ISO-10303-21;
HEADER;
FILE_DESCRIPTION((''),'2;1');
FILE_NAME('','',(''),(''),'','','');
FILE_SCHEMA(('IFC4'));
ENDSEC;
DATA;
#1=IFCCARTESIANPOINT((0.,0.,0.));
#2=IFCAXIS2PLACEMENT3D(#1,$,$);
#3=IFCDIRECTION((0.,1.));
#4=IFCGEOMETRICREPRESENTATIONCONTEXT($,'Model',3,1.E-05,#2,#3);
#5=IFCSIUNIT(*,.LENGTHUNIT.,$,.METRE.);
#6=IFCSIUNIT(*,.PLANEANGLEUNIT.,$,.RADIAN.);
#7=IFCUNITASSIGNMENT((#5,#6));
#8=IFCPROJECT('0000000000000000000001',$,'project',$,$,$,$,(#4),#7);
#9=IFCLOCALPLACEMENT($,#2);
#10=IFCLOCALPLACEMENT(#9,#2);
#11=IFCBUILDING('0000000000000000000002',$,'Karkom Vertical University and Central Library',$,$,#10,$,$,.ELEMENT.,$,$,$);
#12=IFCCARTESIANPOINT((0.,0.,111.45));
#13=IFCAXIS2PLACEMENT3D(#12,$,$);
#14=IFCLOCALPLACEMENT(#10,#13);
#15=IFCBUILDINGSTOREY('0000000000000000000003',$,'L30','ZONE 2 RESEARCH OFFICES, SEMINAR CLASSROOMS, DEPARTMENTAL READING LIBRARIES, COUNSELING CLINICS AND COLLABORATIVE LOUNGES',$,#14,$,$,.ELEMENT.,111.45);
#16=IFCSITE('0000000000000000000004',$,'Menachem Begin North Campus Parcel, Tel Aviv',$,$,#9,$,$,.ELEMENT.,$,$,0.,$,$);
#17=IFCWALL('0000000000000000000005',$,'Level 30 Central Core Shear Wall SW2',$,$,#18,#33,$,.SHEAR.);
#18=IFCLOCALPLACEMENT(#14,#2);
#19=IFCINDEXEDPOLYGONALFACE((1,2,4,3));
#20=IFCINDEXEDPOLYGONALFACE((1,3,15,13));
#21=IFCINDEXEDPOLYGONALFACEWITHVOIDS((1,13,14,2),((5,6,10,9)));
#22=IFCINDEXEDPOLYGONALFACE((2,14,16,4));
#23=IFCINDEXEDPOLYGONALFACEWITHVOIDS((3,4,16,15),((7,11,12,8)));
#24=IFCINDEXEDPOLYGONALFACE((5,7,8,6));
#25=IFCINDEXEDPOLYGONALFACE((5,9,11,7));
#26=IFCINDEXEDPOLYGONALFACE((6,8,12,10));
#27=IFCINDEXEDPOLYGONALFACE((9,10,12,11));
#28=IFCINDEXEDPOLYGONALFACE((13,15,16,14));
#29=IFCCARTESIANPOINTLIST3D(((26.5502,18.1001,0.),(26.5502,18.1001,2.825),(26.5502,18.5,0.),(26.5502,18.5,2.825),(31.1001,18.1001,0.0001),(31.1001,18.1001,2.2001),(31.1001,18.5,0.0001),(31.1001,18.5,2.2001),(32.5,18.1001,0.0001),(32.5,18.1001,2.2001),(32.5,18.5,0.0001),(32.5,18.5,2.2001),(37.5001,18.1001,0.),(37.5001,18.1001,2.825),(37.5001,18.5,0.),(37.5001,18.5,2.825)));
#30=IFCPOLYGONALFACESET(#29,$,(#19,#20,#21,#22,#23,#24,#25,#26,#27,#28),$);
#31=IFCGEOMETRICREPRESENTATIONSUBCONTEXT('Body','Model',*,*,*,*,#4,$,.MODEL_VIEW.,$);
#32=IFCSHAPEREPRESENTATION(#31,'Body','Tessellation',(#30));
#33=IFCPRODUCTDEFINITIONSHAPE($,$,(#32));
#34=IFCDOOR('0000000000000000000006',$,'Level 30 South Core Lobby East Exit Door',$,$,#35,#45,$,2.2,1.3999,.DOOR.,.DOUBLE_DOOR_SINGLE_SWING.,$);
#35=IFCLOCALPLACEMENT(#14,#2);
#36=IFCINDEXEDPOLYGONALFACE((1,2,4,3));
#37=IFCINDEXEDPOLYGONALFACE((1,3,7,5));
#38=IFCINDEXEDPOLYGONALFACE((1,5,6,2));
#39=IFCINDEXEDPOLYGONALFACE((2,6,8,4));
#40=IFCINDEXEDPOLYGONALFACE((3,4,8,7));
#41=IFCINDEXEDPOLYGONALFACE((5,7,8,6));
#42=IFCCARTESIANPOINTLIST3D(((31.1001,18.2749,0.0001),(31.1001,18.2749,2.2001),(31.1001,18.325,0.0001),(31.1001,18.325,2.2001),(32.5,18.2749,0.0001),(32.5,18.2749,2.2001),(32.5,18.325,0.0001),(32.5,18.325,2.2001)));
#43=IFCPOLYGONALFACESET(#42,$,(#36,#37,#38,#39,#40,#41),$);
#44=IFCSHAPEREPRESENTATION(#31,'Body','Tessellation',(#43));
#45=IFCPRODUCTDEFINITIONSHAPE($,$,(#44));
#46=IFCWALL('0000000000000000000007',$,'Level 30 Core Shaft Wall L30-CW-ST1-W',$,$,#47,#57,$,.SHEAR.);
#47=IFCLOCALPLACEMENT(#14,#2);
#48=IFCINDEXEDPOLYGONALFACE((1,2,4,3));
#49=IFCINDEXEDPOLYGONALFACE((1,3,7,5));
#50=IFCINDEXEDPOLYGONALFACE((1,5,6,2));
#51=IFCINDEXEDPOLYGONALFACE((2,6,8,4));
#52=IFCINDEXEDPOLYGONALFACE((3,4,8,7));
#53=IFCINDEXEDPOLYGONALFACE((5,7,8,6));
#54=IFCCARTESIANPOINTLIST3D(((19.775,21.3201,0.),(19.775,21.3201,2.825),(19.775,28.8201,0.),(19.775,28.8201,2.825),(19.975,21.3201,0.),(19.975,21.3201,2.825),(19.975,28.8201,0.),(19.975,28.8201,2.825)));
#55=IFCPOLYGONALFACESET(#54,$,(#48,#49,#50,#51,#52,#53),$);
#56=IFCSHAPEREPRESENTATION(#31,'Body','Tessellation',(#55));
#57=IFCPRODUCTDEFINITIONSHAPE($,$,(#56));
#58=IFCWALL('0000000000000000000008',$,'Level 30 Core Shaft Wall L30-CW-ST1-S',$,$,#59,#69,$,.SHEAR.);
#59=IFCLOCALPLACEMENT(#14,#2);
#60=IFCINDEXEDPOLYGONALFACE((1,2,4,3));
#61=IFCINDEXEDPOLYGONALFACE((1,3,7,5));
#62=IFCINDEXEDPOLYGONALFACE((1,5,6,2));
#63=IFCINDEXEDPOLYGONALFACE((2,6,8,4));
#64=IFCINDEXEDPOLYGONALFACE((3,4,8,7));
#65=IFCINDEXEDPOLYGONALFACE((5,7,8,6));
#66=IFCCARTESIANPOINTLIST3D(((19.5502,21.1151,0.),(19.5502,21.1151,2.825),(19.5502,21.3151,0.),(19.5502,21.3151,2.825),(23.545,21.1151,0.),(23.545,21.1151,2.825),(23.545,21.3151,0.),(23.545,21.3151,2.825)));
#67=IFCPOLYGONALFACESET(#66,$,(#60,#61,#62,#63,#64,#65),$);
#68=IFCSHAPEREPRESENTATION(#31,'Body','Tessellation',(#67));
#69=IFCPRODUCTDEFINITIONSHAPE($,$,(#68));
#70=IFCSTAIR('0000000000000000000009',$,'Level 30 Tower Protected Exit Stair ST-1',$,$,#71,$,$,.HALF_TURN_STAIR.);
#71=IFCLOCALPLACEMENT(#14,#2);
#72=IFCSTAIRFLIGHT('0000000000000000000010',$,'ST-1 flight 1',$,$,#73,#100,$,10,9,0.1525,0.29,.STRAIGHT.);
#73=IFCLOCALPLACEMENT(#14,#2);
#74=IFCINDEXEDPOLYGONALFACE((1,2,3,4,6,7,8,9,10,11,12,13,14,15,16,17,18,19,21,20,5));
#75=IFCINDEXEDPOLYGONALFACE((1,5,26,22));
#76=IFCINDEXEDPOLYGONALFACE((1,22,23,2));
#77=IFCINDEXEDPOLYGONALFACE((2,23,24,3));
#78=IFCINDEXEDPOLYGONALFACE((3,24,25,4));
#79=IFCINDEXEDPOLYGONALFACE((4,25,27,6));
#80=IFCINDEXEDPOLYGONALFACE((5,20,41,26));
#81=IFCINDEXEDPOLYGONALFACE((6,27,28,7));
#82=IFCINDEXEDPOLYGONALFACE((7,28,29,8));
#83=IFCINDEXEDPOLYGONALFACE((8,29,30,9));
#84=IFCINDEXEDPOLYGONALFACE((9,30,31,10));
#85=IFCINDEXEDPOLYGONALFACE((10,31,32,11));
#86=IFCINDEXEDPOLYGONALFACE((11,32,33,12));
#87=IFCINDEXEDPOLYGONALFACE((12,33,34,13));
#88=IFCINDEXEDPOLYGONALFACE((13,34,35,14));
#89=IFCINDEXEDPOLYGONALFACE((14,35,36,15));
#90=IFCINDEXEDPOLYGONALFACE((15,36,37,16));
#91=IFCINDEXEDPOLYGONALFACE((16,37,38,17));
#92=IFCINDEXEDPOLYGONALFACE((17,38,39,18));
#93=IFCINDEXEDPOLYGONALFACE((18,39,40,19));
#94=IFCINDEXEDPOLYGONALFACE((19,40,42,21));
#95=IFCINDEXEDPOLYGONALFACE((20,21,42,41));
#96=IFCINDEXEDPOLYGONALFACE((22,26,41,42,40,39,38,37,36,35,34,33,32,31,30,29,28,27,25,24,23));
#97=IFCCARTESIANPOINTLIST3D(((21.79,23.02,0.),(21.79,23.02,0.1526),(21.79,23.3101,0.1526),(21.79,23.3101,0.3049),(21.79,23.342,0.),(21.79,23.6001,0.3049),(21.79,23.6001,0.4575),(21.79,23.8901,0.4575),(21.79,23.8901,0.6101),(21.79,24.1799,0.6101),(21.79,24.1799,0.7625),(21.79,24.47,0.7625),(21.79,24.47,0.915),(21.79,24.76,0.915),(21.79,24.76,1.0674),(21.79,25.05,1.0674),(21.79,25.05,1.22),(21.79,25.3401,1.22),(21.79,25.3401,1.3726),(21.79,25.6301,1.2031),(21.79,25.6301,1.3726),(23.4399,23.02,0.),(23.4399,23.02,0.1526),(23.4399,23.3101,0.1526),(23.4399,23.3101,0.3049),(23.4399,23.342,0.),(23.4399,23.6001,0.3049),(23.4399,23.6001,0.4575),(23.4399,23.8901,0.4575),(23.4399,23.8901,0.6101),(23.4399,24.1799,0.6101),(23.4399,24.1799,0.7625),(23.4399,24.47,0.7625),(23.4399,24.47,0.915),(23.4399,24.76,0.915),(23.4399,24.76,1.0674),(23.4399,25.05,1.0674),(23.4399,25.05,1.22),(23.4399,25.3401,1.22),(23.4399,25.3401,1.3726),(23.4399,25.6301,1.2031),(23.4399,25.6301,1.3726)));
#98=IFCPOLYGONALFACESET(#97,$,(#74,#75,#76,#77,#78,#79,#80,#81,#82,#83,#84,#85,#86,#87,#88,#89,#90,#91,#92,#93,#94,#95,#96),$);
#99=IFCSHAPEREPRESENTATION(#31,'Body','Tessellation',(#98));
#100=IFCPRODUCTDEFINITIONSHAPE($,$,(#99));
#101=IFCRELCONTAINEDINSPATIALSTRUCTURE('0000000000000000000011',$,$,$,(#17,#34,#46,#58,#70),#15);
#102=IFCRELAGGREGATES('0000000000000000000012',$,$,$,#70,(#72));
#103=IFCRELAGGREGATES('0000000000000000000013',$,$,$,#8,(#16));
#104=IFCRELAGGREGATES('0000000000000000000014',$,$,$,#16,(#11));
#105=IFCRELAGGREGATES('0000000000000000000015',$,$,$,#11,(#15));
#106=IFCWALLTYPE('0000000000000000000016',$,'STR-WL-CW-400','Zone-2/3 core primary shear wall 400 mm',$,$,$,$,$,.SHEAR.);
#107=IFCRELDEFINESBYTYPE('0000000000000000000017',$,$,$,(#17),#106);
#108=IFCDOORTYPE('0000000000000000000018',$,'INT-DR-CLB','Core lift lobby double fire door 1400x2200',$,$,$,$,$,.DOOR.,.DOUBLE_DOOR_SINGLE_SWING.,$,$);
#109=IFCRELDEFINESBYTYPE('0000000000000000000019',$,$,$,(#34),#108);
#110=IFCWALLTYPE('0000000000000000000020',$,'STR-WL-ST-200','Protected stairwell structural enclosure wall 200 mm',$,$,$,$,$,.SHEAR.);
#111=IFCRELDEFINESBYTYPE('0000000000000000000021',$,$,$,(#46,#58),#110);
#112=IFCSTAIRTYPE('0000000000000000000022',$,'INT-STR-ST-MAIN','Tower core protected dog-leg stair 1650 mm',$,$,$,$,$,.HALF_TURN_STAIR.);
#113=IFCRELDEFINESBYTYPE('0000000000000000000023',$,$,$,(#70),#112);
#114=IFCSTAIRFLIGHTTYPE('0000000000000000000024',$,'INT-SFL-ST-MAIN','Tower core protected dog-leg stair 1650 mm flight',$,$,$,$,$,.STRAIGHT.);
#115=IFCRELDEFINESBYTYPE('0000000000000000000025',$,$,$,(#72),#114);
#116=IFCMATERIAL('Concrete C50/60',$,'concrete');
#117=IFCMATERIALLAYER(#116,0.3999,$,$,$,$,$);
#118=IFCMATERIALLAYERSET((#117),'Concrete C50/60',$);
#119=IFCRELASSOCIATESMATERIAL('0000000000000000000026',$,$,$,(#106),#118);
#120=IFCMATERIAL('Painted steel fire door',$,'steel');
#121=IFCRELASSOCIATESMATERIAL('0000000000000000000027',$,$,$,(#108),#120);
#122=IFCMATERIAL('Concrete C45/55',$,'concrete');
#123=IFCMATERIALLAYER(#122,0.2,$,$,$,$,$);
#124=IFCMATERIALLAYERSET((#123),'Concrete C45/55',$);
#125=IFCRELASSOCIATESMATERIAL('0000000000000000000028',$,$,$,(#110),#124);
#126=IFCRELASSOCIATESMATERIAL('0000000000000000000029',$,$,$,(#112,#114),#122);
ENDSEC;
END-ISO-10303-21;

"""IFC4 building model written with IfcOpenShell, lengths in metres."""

from ifc_helpers import new_model, si_unit, direction, frame, frame_2d, origin, origin_with_axes, place, context, subcontext, project, spatial, polyline, rectangle, outline, extrude, source, transform, mapped, material, layer, layer_set, type_object, element, fill, aggregate, save


model = new_model("IFC4")

# Units and contexts
model_context = context("Model", 3, precision=1e-05, world=origin(), true_north=direction((0.0, 1.0)))
body_context = subcontext(model_context, "Body", "Model", "MODEL_VIEW")
ifc_project = project(units=[si_unit("LENGTHUNIT", "METRE"), si_unit("PLANEANGLEUNIT", "RADIAN")], contexts=[model_context])

# Site, building, storey
site_placement = place(None, origin())
site = spatial("IfcSite", under=ifc_project, at=site_placement, Name="Menachem Begin North Campus Parcel, Tel Aviv", CompositionType="ELEMENT", RefElevation=0.0)
building_placement = place(site_placement, origin())
building = spatial("IfcBuilding", under=site, at=building_placement, Name="Karkom Vertical University and Central Library", CompositionType="ELEMENT")
storey_placement = place(building_placement, frame((0.0, 0.0, 111.45)))
storey = spatial("IfcBuildingStorey", under=building, at=storey_placement, Name="L30", Description="ZONE 2 RESEARCH OFFICES, SEMINAR CLASSROOMS, DEPARTMENTAL READING LIBRARIES, COUNSELING CLINICS AND COLLABORATIVE LOUNGES", CompositionType="ELEMENT", Elevation=111.45)

# Shared definitions
ifc_material_1 = material(Name="Concrete C50/60", Category="concrete")

# Wall, opening, door
ifc_layer_1 = layer(ifc_material_1, 0.3999)
ifc_layer_set_1 = layer_set([ifc_layer_1], Name="Concrete C50/60")
wall_type_1 = type_object("IfcWallType", Name="STR-WL-CW-400", Description="Zone-2/3 core primary shear wall 400 mm", PredefinedType="SHEAR", material=ifc_layer_set_1)
ifc_material_2 = material(Name="Painted steel fire door", Category="steel")
door_type_1 = type_object("IfcDoorType", Name="INT-DR-CLB", Description="Core lift lobby double fire door 1400x2200", OperationType="DOUBLE_DOOR_SINGLE_SWING", PredefinedType="DOOR", material=ifc_material_2)
shared_shape_1 = source(origin_with_axes(), body_context, "Body", "SweptSolid", [
    extrude(rectangle(XDim=1.3999, YDim=2.2, at=frame_2d((0.7, 1.1001))), frame((0.0, 0.0249, 0.0), z_axis=(0.0, -1.0, 0.0), x_axis=(1.0, 0.0, 0.0)), (0.0, 0.0, 1.0), 0.05),
])
wall_1_placement = place(storey_placement, frame((26.55, 18.3, 0.0), z_axis=(0.0, 0.0, 1.0), x_axis=(1.0, 0.0, 0.0)))
wall_1 = element("IfcWall", 1, at=wall_1_placement, inside=storey, type_object=wall_type_1, Name="Level 30 Central Core Shear Wall SW2", PredefinedType="SHEAR", context=body_context, shape_type="SweptSolid", body=[
    extrude(rectangle(XDim=10.95, YDim=0.3999, at=frame_2d((5.4751, 0.0))), origin(), (0.0, 0.0, 1.0), 2.825),
])
opening_1_placement = place(wall_1_placement, frame((4.55, 0.0, 0.0)))
opening_1 = element("IfcOpeningElement", 2, at=opening_1_placement, cuts=wall_1, PredefinedType="OPENING", context=body_context, shape_type="SweptSolid", body=[
    extrude(rectangle(XDim=1.3999, YDim=2.2, at=frame_2d((0.7, 1.1001))), frame((0.0, 0.21, 0.0), z_axis=(0.0, -1.0, 0.0), x_axis=(1.0, 0.0, 0.0)), (0.0, 0.0, 1.0), 0.4199),
])
door_1_placement = place(opening_1_placement, origin())
door_1 = element("IfcDoor", 3, at=door_1_placement, inside=storey, type_object=door_type_1, Name="Level 30 South Core Lobby East Exit Door", OperationType="DOUBLE_DOOR_SINGLE_SWING", OverallHeight=2.2, OverallWidth=1.3999, PredefinedType="DOOR", context=body_context, shape_type="MappedRepresentation", body=[
    mapped(shared_shape_1, transform((0.0, 0.0, 0.0), scale=1.0)),
])
fill(opening_1, door_1)

# Shared definitions
ifc_material_3 = material(Name="Concrete C45/55", Category="concrete")
ifc_layer_2 = layer(ifc_material_3, 0.2)
ifc_layer_set_2 = layer_set([ifc_layer_2], Name="Concrete C45/55")
wall_type_2 = type_object("IfcWallType", Name="STR-WL-ST-200", Description="Protected stairwell structural enclosure wall 200 mm", PredefinedType="SHEAR", material=ifc_layer_set_2)

# Walls
wall_2_placement = place(storey_placement, frame((19.875, 21.3201, 0.0), z_axis=(0.0, 0.0, 1.0), x_axis=(0.0, 1.0, 0.0)))
element("IfcWall", 4, at=wall_2_placement, inside=storey, type_object=wall_type_2, Name="Level 30 Core Shaft Wall L30-CW-ST1-W", PredefinedType="SHEAR", context=body_context, shape_type="SweptSolid", body=[
    extrude(rectangle(XDim=7.5, YDim=0.2, at=frame_2d((3.75, 0.0))), origin(), (0.0, 0.0, 1.0), 2.825),
])
wall_3_placement = place(storey_placement, frame((19.55, 21.2151, 0.0), z_axis=(0.0, 0.0, 1.0), x_axis=(1.0, 0.0, 0.0)))
element("IfcWall", 5, at=wall_3_placement, inside=storey, type_object=wall_type_2, Name="Level 30 Core Shaft Wall L30-CW-ST1-S", PredefinedType="SHEAR", context=body_context, shape_type="SweptSolid", body=[
    extrude(rectangle(XDim=3.9949, YDim=0.2, at=frame_2d((1.9976, 0.0))), origin(), (0.0, 0.0, 1.0), 2.825),
])

# Stair, stair flight
stair_type = type_object("IfcStairType", Name="INT-STR-ST-MAIN", Description="Tower core protected dog-leg stair 1650 mm", PredefinedType="HALF_TURN_STAIR", material=ifc_material_3)
stair_placement = place(storey_placement, origin())
stair = element("IfcStair", 6, at=stair_placement, inside=storey, type_object=stair_type, Name="Level 30 Tower Protected Exit Stair ST-1", PredefinedType="HALF_TURN_STAIR")
stair_flight_type = type_object("IfcStairFlightType", Name="INT-SFL-ST-MAIN", Description="Tower core protected dog-leg stair 1650 mm flight", PredefinedType="STRAIGHT", material=ifc_material_3)
stair_flight_placement = place(storey_placement, frame((22.615, 23.02, 0.0), z_axis=(0.0, 0.0, 1.0), x_axis=(0.0, 1.0, 0.0)))
stair_flight = element("IfcStairFlight", 7, at=stair_flight_placement, type_object=stair_flight_type, Name="ST-1 flight 1", NumberOfRisers=10, NumberOfTreads=9, PredefinedType="STRAIGHT", RiserHeight=0.1525, TreadLength=0.29, context=body_context, shape_type="SweptSolid", body=[
    extrude(outline(polyline([(0.0, 0.0), (0.0, 0.1526), (0.29, 0.1526), (0.29, 0.3049), (0.5801, 0.3049), (0.5801, 0.4575), (0.8701, 0.4575), (0.8701, 0.6101), (1.1599, 0.6101), (1.1599, 0.7625), (1.45, 0.7625), (1.45, 0.915), (1.74, 0.915), (1.74, 1.0674), (2.03, 1.0674), (2.03, 1.22), (2.3201, 1.22), (2.3201, 1.3726), (2.6101, 1.3726), (2.6101, 1.5249), (2.6101, 1.2031), (0.322, 0.0), (0.0, 0.0)])), frame((0.0, 0.825, 0.0), z_axis=(0.0, -1.0, 0.0), x_axis=(1.0, 0.0, 0.0)), (0.0, 0.0, 1.0), 1.6499),
])
aggregate(stair, [stair_flight])

save(model, "model.ifc")
